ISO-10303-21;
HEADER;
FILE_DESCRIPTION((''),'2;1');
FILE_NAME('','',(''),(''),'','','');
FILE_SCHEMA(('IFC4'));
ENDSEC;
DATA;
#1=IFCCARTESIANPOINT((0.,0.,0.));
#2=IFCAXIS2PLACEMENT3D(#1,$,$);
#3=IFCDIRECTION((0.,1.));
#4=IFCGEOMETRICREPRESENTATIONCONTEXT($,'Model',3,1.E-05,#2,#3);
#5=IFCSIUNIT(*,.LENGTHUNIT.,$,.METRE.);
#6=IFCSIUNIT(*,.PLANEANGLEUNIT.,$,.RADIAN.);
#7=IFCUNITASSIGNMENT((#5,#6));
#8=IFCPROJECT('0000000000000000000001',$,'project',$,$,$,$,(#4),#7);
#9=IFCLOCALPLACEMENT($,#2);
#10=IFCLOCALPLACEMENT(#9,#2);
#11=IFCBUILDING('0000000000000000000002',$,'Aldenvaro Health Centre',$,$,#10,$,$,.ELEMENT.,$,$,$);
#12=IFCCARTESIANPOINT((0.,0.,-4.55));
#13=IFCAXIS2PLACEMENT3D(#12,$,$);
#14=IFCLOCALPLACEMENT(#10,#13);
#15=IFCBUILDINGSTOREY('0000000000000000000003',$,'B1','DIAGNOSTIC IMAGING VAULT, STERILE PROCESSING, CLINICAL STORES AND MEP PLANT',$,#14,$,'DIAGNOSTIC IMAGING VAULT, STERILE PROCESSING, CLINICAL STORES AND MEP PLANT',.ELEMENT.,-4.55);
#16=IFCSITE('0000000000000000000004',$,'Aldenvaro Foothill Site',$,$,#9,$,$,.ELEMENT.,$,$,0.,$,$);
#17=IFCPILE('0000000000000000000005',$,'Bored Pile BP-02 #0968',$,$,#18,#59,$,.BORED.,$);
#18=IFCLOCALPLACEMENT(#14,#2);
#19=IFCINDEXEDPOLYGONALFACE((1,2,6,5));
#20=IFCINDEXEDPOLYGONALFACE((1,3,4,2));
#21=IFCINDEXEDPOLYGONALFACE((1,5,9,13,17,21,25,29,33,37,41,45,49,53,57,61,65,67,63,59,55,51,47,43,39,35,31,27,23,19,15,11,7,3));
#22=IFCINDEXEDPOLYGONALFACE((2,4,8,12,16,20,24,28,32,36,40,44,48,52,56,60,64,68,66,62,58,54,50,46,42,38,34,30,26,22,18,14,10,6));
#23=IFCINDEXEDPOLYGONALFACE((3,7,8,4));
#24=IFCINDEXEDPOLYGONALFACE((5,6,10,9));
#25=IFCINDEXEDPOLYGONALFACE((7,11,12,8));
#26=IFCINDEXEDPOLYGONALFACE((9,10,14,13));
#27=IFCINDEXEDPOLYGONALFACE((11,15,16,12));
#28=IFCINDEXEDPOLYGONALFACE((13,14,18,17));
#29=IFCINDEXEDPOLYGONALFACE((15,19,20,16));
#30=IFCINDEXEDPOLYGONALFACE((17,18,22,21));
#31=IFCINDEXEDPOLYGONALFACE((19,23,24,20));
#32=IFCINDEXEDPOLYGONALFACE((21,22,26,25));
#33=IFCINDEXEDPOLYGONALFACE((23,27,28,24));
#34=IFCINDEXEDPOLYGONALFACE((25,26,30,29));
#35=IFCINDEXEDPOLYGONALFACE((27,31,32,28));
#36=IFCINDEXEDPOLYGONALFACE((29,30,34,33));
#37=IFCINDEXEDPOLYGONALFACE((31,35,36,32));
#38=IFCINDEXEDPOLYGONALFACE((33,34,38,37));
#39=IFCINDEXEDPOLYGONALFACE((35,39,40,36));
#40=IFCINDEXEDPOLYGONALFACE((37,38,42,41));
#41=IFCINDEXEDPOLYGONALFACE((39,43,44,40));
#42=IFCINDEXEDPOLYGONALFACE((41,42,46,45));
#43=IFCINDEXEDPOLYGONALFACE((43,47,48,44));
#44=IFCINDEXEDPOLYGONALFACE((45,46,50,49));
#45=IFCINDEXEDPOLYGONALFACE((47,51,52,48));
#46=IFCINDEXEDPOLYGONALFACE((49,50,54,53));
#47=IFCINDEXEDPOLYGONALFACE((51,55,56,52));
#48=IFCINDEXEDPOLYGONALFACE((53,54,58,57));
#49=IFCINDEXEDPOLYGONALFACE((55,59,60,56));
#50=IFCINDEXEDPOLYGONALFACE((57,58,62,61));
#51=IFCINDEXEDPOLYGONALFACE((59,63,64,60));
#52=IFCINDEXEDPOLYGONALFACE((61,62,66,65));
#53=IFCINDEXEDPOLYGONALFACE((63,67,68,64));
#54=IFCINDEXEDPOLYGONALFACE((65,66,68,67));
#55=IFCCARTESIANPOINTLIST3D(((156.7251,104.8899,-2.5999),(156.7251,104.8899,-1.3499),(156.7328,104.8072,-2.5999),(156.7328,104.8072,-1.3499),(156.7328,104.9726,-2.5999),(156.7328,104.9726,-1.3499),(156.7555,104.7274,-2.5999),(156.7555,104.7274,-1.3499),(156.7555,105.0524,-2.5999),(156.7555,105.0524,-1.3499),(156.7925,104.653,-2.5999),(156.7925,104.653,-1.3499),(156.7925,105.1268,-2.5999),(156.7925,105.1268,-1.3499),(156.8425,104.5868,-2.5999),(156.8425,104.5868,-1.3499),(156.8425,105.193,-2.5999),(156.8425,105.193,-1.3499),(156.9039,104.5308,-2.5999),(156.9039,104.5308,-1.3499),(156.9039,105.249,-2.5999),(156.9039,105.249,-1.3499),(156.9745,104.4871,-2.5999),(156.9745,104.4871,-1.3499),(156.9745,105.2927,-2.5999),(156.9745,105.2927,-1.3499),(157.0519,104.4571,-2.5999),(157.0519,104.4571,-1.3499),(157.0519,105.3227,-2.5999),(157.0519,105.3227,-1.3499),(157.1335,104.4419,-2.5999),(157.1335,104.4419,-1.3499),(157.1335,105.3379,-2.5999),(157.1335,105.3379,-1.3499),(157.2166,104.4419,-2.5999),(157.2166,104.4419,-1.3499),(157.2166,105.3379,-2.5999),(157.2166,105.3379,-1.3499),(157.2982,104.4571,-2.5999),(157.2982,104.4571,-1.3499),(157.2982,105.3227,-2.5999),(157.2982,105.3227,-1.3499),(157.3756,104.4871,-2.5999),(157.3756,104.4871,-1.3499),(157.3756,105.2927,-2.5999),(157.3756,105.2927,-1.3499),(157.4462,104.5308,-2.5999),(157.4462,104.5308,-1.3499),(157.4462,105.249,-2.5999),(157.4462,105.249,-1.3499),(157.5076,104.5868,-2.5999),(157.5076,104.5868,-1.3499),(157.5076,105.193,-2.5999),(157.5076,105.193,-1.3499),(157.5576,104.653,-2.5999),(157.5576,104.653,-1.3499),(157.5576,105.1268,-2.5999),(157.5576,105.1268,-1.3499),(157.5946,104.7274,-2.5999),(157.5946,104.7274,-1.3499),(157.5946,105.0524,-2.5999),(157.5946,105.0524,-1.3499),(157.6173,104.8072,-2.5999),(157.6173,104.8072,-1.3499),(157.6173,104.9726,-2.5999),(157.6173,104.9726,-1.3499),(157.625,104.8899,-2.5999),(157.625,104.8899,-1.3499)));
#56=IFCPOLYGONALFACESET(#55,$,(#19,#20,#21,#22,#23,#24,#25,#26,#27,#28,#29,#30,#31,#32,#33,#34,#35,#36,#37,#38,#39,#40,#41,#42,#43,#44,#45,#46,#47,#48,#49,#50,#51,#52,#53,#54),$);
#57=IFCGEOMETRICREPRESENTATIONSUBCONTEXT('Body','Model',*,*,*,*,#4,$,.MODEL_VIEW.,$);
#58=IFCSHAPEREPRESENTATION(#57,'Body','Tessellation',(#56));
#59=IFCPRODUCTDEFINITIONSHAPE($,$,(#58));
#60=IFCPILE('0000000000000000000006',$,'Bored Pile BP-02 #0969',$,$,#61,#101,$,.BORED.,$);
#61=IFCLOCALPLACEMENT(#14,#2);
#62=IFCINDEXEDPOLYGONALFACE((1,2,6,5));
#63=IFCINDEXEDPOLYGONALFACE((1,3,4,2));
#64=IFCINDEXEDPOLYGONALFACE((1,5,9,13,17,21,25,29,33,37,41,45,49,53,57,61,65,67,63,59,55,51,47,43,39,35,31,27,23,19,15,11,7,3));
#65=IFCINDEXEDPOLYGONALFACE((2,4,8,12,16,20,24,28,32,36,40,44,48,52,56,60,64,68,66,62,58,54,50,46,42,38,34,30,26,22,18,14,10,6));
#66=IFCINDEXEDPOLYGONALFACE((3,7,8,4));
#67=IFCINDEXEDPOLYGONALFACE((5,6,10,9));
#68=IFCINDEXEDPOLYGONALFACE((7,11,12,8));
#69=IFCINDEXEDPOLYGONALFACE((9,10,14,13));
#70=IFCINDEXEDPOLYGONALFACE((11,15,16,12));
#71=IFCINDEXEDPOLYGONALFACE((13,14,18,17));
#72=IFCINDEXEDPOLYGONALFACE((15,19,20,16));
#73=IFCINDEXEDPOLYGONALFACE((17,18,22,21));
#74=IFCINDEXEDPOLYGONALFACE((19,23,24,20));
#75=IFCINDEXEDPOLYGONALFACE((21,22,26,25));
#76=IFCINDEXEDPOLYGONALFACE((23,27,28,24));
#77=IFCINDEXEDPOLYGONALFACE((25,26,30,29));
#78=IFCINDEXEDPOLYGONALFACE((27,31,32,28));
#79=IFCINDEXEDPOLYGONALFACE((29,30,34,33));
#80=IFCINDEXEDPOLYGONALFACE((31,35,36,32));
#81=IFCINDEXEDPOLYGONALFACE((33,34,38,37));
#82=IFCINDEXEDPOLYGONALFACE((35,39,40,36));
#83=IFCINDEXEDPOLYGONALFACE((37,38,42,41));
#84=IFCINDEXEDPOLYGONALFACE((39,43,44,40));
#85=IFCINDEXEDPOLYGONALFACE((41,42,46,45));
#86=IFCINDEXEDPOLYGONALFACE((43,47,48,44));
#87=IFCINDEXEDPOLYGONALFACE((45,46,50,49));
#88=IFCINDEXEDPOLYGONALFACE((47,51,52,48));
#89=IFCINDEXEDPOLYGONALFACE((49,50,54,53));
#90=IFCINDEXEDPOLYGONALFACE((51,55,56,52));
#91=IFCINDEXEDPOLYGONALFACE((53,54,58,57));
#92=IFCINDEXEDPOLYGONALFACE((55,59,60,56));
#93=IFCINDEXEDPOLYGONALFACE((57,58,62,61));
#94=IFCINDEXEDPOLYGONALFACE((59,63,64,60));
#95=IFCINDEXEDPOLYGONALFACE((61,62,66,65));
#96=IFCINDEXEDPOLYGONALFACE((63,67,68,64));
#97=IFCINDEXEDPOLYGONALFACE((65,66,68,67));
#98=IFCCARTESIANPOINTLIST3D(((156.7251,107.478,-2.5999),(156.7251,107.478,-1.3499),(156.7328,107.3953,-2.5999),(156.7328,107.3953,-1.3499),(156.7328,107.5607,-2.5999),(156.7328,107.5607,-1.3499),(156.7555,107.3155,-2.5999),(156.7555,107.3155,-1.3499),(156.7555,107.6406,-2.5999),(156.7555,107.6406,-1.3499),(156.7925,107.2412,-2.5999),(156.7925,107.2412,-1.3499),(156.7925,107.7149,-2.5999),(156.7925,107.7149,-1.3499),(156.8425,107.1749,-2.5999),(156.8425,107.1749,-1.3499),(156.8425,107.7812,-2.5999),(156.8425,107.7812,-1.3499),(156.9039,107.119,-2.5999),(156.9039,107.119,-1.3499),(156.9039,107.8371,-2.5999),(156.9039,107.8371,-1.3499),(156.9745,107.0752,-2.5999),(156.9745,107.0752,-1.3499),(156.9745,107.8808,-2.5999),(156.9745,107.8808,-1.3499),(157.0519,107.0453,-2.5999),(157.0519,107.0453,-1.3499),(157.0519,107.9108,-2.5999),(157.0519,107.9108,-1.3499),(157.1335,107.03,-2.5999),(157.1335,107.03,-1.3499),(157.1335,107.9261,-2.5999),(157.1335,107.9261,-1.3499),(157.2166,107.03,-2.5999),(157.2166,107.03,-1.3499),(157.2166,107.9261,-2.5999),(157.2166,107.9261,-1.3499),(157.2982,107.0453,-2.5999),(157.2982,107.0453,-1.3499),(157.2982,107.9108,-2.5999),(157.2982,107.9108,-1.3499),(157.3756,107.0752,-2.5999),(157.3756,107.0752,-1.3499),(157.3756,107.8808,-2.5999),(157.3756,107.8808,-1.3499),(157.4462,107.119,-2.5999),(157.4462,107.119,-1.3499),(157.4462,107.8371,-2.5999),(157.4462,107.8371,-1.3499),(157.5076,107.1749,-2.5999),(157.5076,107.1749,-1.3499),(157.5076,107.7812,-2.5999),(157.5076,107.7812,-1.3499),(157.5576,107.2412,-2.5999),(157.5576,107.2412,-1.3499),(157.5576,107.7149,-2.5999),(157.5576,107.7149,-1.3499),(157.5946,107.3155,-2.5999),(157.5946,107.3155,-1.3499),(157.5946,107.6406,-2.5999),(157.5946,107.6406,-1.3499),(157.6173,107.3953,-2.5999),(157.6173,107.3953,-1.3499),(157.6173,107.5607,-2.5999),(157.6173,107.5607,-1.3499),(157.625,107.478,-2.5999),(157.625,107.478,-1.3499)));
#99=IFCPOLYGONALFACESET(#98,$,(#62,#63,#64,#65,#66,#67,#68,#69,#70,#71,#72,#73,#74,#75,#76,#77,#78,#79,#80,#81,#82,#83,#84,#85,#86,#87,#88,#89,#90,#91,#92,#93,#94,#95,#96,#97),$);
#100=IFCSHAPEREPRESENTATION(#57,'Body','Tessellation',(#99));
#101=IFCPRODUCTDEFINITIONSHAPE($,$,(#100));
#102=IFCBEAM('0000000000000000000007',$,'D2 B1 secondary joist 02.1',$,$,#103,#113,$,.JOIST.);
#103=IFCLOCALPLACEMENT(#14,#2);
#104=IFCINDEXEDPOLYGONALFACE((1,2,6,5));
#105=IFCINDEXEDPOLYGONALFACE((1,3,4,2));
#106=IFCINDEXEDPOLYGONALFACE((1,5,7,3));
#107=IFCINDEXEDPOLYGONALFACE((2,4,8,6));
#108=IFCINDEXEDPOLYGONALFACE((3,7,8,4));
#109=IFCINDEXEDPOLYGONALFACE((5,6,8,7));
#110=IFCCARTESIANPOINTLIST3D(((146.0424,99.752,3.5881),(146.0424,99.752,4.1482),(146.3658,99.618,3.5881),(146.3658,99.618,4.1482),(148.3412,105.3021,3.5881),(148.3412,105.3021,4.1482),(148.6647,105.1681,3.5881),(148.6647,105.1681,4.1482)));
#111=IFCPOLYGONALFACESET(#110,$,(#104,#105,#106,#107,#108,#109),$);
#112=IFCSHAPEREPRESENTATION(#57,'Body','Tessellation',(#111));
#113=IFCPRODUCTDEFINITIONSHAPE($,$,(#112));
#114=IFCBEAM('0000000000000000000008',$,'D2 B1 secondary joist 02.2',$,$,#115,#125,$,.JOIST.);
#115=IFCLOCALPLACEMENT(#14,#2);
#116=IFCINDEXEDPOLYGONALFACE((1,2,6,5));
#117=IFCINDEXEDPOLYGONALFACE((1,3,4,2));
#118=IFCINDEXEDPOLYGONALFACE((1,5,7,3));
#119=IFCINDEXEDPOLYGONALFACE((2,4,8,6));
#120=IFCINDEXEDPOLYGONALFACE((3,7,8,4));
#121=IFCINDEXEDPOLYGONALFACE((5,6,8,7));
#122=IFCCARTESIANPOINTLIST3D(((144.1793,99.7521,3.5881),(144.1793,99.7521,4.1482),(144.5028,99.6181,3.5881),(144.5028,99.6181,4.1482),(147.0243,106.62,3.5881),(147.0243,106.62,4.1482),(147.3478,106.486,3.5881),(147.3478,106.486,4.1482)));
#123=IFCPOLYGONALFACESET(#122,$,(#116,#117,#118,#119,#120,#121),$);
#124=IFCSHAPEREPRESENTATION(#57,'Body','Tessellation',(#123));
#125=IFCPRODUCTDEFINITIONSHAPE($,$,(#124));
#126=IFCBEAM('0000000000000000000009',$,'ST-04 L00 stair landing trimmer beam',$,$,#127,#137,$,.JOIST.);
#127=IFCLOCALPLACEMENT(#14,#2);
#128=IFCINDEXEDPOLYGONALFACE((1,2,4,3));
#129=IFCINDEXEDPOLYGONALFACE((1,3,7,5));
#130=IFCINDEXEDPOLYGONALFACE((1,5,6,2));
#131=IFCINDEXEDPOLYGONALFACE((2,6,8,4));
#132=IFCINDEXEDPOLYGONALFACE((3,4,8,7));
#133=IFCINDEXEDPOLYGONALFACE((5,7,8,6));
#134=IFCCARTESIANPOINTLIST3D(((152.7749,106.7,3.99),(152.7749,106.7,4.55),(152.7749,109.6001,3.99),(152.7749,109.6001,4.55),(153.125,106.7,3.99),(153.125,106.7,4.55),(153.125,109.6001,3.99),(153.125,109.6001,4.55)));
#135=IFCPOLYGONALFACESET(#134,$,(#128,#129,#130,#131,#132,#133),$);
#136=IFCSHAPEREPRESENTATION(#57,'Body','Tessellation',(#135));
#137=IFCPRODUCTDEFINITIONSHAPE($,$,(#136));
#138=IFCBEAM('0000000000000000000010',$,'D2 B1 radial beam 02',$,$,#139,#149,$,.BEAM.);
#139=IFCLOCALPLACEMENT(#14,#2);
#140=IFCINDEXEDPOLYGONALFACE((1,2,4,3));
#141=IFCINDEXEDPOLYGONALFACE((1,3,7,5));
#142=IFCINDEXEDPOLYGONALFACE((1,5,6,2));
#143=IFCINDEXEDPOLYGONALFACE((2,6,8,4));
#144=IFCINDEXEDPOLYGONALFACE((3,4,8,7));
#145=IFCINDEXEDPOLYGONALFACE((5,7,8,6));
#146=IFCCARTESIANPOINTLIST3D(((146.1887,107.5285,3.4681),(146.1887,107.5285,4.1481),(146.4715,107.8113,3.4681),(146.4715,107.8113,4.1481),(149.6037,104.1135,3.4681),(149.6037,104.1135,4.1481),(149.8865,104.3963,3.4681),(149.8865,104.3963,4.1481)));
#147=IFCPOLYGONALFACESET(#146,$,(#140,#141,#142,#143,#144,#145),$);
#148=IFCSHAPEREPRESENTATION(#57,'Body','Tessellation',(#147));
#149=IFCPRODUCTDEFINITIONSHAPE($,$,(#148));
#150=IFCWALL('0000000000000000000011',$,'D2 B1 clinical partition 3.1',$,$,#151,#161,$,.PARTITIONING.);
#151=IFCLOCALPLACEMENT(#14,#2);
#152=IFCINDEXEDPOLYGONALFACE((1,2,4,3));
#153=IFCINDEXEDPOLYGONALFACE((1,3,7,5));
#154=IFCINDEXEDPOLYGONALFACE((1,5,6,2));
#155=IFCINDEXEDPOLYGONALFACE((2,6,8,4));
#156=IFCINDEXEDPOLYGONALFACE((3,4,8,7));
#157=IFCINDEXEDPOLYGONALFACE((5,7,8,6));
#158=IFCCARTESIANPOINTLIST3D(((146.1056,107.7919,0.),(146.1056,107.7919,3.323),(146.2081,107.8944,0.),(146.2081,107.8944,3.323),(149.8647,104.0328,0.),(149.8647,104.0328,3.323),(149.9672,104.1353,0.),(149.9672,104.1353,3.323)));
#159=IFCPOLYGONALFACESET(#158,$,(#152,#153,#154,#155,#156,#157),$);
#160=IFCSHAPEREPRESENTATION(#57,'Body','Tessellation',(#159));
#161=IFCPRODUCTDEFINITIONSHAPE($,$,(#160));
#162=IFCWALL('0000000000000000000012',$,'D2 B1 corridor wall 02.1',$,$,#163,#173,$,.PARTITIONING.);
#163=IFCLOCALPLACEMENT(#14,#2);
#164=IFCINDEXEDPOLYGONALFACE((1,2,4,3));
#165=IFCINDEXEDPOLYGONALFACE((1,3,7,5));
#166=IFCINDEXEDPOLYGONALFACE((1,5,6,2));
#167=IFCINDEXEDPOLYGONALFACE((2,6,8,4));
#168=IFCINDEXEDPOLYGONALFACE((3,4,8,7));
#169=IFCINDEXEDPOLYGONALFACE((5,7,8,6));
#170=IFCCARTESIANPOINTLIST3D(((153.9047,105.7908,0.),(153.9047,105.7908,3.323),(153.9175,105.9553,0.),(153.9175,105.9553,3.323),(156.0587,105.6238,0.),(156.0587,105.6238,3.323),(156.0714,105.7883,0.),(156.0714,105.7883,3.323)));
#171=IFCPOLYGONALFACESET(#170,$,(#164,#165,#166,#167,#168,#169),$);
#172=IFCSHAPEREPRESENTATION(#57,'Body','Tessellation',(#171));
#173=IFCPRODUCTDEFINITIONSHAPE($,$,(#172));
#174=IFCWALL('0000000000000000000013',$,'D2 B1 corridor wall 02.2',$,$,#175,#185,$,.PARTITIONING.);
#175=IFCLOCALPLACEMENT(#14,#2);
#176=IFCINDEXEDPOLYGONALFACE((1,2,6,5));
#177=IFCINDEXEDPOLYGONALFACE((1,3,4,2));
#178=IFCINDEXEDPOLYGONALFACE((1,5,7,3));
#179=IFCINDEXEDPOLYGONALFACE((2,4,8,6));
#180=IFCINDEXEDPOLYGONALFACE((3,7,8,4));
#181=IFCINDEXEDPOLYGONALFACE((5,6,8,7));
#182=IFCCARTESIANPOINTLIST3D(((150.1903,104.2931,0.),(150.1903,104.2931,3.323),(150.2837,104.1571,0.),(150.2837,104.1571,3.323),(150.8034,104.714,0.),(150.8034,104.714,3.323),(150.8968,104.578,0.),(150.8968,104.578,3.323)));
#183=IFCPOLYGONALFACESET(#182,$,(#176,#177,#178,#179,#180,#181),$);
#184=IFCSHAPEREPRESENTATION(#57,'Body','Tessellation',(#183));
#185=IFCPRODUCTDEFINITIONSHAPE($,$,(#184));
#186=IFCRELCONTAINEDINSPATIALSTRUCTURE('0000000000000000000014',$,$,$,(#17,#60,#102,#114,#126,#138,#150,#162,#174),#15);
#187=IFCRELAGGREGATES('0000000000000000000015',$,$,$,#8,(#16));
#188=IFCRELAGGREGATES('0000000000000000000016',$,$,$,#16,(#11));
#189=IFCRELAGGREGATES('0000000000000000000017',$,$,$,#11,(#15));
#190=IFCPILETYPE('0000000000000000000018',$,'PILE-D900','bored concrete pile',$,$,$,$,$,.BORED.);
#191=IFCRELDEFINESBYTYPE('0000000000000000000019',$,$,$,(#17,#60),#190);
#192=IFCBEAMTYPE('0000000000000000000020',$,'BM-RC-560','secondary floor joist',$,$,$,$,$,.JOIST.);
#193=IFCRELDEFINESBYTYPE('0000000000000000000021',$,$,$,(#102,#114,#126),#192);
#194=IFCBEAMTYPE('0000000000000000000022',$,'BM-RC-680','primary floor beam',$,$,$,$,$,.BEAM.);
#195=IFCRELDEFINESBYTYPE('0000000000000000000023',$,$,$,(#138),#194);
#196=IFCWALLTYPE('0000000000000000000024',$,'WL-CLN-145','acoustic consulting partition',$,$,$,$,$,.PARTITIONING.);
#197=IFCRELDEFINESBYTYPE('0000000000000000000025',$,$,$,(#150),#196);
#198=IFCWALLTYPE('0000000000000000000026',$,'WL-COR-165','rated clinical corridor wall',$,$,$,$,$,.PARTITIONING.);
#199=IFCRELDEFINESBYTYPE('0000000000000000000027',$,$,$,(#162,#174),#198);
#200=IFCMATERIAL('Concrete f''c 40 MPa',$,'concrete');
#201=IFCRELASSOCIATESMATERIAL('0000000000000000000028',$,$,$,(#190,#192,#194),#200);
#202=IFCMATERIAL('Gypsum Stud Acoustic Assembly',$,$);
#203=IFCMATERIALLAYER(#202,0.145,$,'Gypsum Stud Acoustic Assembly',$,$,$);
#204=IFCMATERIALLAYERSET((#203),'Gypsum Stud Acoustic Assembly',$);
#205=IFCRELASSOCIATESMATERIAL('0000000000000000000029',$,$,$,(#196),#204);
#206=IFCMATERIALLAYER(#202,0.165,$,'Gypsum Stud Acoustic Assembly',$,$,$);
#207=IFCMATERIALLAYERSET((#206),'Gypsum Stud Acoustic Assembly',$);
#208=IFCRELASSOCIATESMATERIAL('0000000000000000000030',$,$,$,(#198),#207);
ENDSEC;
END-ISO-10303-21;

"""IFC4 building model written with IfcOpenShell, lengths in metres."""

from ifc_helpers import new_model, si_unit, direction, frame, frame_2d, origin, origin_2d, place, context, subcontext, project, spatial, rectangle, circle, extrude, material, layer, layer_set, material_profile, profile_set, type_object, element, save


model = new_model("IFC4")

# Units and contexts
model_context = context("Model", 3, precision=1e-05, world=origin(), true_north=direction((0.0, 1.0)))
body_context = subcontext(model_context, "Body", "Model", "MODEL_VIEW")
ifc_project = project(units=[si_unit("LENGTHUNIT", "METRE"), si_unit("PLANEANGLEUNIT", "RADIAN")], contexts=[model_context])

# Site, building, storey
site_placement = place(None, origin())
site = spatial("IfcSite", under=ifc_project, at=site_placement, Name="Aldenvaro Foothill Site", CompositionType="ELEMENT", RefElevation=0.0)
building_placement = place(site_placement, origin())
building = spatial("IfcBuilding", under=site, at=building_placement, Name="Aldenvaro Health Centre", CompositionType="ELEMENT")
storey_placement = place(building_placement, frame((0.0, 0.0, -4.55)))
storey = spatial("IfcBuildingStorey", under=building, at=storey_placement, Name="B1", Description="DIAGNOSTIC IMAGING VAULT, STERILE PROCESSING, CLINICAL STORES AND MEP PLANT", LongName="DIAGNOSTIC IMAGING VAULT, STERILE PROCESSING, CLINICAL STORES AND MEP PLANT", CompositionType="ELEMENT", Elevation=-4.55)

# Piles
ifc_material_1 = material(Name="Concrete f'c 40 MPa", Category="concrete")
ifc_material_profile_1 = material_profile(ifc_material_1, circle(Radius=0.45, at=origin_2d()), Name="PILE D900", Category="concrete")
ifc_profile_set_1 = profile_set([ifc_material_profile_1], Name="Concrete f'c 40 MPa")
pile_type = type_object("IfcPileType", Name="PILE-D900", Description="bored concrete pile", PredefinedType="BORED", material=ifc_profile_set_1)
for number, where, z_axis, x_axis, name in (
    (1, (157.175, 104.8899, -1.3499), (0.0, 0.0, -1.0), (1.0, 0.0, 0.0), "Bored Pile BP-02 #0968"),
    (2, (157.175, 107.478, -1.3499), (0.0, 0.0, -1.0), (1.0, 0.0, 0.0), "Bored Pile BP-02 #0969"),
):
    element("IfcPile", number, at=place(storey_placement, frame(where, z_axis=z_axis, x_axis=x_axis)), inside=storey, type_object=pile_type, Name=name, PredefinedType="BORED", context=body_context, shape_type="SweptSolid", body=[
        extrude(circle(Radius=0.45, at=origin_2d()), origin(), (0.0, 0.0, 1.0), 1.25),
    ])

# Beams
ifc_material_profile_2 = material_profile(ifc_material_1, rectangle(XDim=0.3501, YDim=0.5601, at=origin_2d()), Name="RC 350x560", Category="concrete")
ifc_profile_set_2 = profile_set([ifc_material_profile_2], Name="Concrete f'c 40 MPa")
beam_type_1 = type_object("IfcBeamType", Name="BM-RC-560", Description="secondary floor joist", PredefinedType="JOIST", material=ifc_profile_set_2)
beam_1_placement = place(storey_placement, frame((148.5029, 105.2351, 3.8682), z_axis=(-0.382672, -0.923884, 0.0), x_axis=(0.923884, -0.382672, 0.0)))
element("IfcBeam", 3, at=beam_1_placement, inside=storey, type_object=beam_type_1, Name="D2 B1 secondary joist 02.1", PredefinedType="JOIST", context=body_context, shape_type="SweptSolid", body=[
    extrude(rectangle(XDim=0.3501, YDim=0.5601, at=origin_2d()), origin(), (0.0, 0.0, 1.0), 6.0073),
])
beam_2_placement = place(storey_placement, frame((147.186, 106.553, 3.8682), z_axis=(-0.382705, -0.923871, 0.0), x_axis=(0.923871, -0.382705, 0.0)))
element("IfcBeam", 4, at=beam_2_placement, inside=storey, type_object=beam_type_1, Name="D2 B1 secondary joist 02.2", PredefinedType="JOIST", context=body_context, shape_type="SweptSolid", body=[
    extrude(rectangle(XDim=0.3501, YDim=0.5601, at=origin_2d()), origin(), (0.0, 0.0, 1.0), 7.4338),
])
beam_3_placement = place(storey_placement, frame((152.95, 106.7, 4.27), z_axis=(0.0, 1.0, 0.0), x_axis=(-1.0, 0.0, 0.0)))
element("IfcBeam", 5, at=beam_3_placement, inside=storey, type_object=beam_type_1, Name="ST-04 L00 stair landing trimmer beam", PredefinedType="JOIST", context=body_context, shape_type="SweptSolid", body=[
    extrude(rectangle(XDim=0.3501, YDim=0.5601, at=origin_2d()), origin(), (0.0, 0.0, 1.0), 2.9001),
])
ifc_material_profile_3 = material_profile(ifc_material_1, rectangle(XDim=0.3999, YDim=0.6799, at=origin_2d()), Name="RC 400x680", Category="concrete")
ifc_profile_set_3 = profile_set([ifc_material_profile_3], Name="Concrete f'c 40 MPa")
beam_type_2 = type_object("IfcBeamType", Name="BM-RC-680", Description="primary floor beam", PredefinedType="BEAM", material=ifc_profile_set_3)
beam_4_placement = place(storey_placement, frame((149.7451, 104.2549, 3.8081), z_axis=(-0.707107, 0.707107, 0.0), x_axis=(-0.707107, -0.707107, 0.0)))
element("IfcBeam", 6, at=beam_4_placement, inside=storey, type_object=beam_type_2, Name="D2 B1 radial beam 02", PredefinedType="BEAM", context=body_context, shape_type="SweptSolid", body=[
    extrude(rectangle(XDim=0.3999, YDim=0.6799, at=origin_2d()), origin(), (0.0, 0.0, 1.0), 4.8296),
])

# Walls
ifc_material_2 = material(Name="Gypsum Stud Acoustic Assembly")
ifc_layer_1 = layer(ifc_material_2, 0.145, Name="Gypsum Stud Acoustic Assembly")
ifc_layer_set_1 = layer_set([ifc_layer_1], Name="Gypsum Stud Acoustic Assembly")
wall_type_1 = type_object("IfcWallType", Name="WL-CLN-145", Description="acoustic consulting partition", PredefinedType="PARTITIONING", material=ifc_layer_set_1)
wall_1_placement = place(storey_placement, frame((149.916, 104.084, 0.0), z_axis=(0.0, 0.0, 1.0), x_axis=(-0.707107, 0.707107, 0.0)))
element("IfcWall", 7, at=wall_1_placement, inside=storey, type_object=wall_type_1, Name="D2 B1 clinical partition 3.1", PredefinedType="PARTITIONING", context=body_context, shape_type="SweptSolid", body=[
    extrude(rectangle(XDim=5.3162, YDim=0.145, at=frame_2d((2.6582, 0.0))), origin(), (0.0, 0.0, 1.0), 3.323),
])
ifc_layer_2 = layer(ifc_material_2, 0.165, Name="Gypsum Stud Acoustic Assembly")
ifc_layer_set_2 = layer_set([ifc_layer_2], Name="Gypsum Stud Acoustic Assembly")
wall_type_2 = type_object("IfcWallType", Name="WL-COR-165", Description="rated clinical corridor wall", PredefinedType="PARTITIONING", material=ifc_layer_set_2)
wall_2_placement = place(storey_placement, frame((156.0649, 105.7061, 0.0), z_axis=(0.0, 0.0, 1.0), x_axis=(-0.997008, 0.077293, 0.0)))
element("IfcWall", 8, at=wall_2_placement, inside=storey, type_object=wall_type_2, Name="D2 B1 corridor wall 02.1", PredefinedType="PARTITIONING", context=body_context, shape_type="SweptSolid", body=[
    extrude(rectangle(XDim=2.1604, YDim=0.165, at=frame_2d((1.0801, 0.0))), origin(), (0.0, 0.0, 1.0), 3.323),
])
wall_3_placement = place(storey_placement, frame((150.8501, 104.646, 0.0), z_axis=(0.0, 0.0, 1.0), x_axis=(-0.824396, -0.566013, 0.0)))
element("IfcWall", 9, at=wall_3_placement, inside=storey, type_object=wall_type_2, Name="D2 B1 corridor wall 02.2", PredefinedType="PARTITIONING", context=body_context, shape_type="SweptSolid", body=[
    extrude(rectangle(XDim=0.7437, YDim=0.165, at=frame_2d((0.3718, 0.0))), origin(), (0.0, 0.0, 1.0), 3.323),
])

save(model, "model.ifc")
